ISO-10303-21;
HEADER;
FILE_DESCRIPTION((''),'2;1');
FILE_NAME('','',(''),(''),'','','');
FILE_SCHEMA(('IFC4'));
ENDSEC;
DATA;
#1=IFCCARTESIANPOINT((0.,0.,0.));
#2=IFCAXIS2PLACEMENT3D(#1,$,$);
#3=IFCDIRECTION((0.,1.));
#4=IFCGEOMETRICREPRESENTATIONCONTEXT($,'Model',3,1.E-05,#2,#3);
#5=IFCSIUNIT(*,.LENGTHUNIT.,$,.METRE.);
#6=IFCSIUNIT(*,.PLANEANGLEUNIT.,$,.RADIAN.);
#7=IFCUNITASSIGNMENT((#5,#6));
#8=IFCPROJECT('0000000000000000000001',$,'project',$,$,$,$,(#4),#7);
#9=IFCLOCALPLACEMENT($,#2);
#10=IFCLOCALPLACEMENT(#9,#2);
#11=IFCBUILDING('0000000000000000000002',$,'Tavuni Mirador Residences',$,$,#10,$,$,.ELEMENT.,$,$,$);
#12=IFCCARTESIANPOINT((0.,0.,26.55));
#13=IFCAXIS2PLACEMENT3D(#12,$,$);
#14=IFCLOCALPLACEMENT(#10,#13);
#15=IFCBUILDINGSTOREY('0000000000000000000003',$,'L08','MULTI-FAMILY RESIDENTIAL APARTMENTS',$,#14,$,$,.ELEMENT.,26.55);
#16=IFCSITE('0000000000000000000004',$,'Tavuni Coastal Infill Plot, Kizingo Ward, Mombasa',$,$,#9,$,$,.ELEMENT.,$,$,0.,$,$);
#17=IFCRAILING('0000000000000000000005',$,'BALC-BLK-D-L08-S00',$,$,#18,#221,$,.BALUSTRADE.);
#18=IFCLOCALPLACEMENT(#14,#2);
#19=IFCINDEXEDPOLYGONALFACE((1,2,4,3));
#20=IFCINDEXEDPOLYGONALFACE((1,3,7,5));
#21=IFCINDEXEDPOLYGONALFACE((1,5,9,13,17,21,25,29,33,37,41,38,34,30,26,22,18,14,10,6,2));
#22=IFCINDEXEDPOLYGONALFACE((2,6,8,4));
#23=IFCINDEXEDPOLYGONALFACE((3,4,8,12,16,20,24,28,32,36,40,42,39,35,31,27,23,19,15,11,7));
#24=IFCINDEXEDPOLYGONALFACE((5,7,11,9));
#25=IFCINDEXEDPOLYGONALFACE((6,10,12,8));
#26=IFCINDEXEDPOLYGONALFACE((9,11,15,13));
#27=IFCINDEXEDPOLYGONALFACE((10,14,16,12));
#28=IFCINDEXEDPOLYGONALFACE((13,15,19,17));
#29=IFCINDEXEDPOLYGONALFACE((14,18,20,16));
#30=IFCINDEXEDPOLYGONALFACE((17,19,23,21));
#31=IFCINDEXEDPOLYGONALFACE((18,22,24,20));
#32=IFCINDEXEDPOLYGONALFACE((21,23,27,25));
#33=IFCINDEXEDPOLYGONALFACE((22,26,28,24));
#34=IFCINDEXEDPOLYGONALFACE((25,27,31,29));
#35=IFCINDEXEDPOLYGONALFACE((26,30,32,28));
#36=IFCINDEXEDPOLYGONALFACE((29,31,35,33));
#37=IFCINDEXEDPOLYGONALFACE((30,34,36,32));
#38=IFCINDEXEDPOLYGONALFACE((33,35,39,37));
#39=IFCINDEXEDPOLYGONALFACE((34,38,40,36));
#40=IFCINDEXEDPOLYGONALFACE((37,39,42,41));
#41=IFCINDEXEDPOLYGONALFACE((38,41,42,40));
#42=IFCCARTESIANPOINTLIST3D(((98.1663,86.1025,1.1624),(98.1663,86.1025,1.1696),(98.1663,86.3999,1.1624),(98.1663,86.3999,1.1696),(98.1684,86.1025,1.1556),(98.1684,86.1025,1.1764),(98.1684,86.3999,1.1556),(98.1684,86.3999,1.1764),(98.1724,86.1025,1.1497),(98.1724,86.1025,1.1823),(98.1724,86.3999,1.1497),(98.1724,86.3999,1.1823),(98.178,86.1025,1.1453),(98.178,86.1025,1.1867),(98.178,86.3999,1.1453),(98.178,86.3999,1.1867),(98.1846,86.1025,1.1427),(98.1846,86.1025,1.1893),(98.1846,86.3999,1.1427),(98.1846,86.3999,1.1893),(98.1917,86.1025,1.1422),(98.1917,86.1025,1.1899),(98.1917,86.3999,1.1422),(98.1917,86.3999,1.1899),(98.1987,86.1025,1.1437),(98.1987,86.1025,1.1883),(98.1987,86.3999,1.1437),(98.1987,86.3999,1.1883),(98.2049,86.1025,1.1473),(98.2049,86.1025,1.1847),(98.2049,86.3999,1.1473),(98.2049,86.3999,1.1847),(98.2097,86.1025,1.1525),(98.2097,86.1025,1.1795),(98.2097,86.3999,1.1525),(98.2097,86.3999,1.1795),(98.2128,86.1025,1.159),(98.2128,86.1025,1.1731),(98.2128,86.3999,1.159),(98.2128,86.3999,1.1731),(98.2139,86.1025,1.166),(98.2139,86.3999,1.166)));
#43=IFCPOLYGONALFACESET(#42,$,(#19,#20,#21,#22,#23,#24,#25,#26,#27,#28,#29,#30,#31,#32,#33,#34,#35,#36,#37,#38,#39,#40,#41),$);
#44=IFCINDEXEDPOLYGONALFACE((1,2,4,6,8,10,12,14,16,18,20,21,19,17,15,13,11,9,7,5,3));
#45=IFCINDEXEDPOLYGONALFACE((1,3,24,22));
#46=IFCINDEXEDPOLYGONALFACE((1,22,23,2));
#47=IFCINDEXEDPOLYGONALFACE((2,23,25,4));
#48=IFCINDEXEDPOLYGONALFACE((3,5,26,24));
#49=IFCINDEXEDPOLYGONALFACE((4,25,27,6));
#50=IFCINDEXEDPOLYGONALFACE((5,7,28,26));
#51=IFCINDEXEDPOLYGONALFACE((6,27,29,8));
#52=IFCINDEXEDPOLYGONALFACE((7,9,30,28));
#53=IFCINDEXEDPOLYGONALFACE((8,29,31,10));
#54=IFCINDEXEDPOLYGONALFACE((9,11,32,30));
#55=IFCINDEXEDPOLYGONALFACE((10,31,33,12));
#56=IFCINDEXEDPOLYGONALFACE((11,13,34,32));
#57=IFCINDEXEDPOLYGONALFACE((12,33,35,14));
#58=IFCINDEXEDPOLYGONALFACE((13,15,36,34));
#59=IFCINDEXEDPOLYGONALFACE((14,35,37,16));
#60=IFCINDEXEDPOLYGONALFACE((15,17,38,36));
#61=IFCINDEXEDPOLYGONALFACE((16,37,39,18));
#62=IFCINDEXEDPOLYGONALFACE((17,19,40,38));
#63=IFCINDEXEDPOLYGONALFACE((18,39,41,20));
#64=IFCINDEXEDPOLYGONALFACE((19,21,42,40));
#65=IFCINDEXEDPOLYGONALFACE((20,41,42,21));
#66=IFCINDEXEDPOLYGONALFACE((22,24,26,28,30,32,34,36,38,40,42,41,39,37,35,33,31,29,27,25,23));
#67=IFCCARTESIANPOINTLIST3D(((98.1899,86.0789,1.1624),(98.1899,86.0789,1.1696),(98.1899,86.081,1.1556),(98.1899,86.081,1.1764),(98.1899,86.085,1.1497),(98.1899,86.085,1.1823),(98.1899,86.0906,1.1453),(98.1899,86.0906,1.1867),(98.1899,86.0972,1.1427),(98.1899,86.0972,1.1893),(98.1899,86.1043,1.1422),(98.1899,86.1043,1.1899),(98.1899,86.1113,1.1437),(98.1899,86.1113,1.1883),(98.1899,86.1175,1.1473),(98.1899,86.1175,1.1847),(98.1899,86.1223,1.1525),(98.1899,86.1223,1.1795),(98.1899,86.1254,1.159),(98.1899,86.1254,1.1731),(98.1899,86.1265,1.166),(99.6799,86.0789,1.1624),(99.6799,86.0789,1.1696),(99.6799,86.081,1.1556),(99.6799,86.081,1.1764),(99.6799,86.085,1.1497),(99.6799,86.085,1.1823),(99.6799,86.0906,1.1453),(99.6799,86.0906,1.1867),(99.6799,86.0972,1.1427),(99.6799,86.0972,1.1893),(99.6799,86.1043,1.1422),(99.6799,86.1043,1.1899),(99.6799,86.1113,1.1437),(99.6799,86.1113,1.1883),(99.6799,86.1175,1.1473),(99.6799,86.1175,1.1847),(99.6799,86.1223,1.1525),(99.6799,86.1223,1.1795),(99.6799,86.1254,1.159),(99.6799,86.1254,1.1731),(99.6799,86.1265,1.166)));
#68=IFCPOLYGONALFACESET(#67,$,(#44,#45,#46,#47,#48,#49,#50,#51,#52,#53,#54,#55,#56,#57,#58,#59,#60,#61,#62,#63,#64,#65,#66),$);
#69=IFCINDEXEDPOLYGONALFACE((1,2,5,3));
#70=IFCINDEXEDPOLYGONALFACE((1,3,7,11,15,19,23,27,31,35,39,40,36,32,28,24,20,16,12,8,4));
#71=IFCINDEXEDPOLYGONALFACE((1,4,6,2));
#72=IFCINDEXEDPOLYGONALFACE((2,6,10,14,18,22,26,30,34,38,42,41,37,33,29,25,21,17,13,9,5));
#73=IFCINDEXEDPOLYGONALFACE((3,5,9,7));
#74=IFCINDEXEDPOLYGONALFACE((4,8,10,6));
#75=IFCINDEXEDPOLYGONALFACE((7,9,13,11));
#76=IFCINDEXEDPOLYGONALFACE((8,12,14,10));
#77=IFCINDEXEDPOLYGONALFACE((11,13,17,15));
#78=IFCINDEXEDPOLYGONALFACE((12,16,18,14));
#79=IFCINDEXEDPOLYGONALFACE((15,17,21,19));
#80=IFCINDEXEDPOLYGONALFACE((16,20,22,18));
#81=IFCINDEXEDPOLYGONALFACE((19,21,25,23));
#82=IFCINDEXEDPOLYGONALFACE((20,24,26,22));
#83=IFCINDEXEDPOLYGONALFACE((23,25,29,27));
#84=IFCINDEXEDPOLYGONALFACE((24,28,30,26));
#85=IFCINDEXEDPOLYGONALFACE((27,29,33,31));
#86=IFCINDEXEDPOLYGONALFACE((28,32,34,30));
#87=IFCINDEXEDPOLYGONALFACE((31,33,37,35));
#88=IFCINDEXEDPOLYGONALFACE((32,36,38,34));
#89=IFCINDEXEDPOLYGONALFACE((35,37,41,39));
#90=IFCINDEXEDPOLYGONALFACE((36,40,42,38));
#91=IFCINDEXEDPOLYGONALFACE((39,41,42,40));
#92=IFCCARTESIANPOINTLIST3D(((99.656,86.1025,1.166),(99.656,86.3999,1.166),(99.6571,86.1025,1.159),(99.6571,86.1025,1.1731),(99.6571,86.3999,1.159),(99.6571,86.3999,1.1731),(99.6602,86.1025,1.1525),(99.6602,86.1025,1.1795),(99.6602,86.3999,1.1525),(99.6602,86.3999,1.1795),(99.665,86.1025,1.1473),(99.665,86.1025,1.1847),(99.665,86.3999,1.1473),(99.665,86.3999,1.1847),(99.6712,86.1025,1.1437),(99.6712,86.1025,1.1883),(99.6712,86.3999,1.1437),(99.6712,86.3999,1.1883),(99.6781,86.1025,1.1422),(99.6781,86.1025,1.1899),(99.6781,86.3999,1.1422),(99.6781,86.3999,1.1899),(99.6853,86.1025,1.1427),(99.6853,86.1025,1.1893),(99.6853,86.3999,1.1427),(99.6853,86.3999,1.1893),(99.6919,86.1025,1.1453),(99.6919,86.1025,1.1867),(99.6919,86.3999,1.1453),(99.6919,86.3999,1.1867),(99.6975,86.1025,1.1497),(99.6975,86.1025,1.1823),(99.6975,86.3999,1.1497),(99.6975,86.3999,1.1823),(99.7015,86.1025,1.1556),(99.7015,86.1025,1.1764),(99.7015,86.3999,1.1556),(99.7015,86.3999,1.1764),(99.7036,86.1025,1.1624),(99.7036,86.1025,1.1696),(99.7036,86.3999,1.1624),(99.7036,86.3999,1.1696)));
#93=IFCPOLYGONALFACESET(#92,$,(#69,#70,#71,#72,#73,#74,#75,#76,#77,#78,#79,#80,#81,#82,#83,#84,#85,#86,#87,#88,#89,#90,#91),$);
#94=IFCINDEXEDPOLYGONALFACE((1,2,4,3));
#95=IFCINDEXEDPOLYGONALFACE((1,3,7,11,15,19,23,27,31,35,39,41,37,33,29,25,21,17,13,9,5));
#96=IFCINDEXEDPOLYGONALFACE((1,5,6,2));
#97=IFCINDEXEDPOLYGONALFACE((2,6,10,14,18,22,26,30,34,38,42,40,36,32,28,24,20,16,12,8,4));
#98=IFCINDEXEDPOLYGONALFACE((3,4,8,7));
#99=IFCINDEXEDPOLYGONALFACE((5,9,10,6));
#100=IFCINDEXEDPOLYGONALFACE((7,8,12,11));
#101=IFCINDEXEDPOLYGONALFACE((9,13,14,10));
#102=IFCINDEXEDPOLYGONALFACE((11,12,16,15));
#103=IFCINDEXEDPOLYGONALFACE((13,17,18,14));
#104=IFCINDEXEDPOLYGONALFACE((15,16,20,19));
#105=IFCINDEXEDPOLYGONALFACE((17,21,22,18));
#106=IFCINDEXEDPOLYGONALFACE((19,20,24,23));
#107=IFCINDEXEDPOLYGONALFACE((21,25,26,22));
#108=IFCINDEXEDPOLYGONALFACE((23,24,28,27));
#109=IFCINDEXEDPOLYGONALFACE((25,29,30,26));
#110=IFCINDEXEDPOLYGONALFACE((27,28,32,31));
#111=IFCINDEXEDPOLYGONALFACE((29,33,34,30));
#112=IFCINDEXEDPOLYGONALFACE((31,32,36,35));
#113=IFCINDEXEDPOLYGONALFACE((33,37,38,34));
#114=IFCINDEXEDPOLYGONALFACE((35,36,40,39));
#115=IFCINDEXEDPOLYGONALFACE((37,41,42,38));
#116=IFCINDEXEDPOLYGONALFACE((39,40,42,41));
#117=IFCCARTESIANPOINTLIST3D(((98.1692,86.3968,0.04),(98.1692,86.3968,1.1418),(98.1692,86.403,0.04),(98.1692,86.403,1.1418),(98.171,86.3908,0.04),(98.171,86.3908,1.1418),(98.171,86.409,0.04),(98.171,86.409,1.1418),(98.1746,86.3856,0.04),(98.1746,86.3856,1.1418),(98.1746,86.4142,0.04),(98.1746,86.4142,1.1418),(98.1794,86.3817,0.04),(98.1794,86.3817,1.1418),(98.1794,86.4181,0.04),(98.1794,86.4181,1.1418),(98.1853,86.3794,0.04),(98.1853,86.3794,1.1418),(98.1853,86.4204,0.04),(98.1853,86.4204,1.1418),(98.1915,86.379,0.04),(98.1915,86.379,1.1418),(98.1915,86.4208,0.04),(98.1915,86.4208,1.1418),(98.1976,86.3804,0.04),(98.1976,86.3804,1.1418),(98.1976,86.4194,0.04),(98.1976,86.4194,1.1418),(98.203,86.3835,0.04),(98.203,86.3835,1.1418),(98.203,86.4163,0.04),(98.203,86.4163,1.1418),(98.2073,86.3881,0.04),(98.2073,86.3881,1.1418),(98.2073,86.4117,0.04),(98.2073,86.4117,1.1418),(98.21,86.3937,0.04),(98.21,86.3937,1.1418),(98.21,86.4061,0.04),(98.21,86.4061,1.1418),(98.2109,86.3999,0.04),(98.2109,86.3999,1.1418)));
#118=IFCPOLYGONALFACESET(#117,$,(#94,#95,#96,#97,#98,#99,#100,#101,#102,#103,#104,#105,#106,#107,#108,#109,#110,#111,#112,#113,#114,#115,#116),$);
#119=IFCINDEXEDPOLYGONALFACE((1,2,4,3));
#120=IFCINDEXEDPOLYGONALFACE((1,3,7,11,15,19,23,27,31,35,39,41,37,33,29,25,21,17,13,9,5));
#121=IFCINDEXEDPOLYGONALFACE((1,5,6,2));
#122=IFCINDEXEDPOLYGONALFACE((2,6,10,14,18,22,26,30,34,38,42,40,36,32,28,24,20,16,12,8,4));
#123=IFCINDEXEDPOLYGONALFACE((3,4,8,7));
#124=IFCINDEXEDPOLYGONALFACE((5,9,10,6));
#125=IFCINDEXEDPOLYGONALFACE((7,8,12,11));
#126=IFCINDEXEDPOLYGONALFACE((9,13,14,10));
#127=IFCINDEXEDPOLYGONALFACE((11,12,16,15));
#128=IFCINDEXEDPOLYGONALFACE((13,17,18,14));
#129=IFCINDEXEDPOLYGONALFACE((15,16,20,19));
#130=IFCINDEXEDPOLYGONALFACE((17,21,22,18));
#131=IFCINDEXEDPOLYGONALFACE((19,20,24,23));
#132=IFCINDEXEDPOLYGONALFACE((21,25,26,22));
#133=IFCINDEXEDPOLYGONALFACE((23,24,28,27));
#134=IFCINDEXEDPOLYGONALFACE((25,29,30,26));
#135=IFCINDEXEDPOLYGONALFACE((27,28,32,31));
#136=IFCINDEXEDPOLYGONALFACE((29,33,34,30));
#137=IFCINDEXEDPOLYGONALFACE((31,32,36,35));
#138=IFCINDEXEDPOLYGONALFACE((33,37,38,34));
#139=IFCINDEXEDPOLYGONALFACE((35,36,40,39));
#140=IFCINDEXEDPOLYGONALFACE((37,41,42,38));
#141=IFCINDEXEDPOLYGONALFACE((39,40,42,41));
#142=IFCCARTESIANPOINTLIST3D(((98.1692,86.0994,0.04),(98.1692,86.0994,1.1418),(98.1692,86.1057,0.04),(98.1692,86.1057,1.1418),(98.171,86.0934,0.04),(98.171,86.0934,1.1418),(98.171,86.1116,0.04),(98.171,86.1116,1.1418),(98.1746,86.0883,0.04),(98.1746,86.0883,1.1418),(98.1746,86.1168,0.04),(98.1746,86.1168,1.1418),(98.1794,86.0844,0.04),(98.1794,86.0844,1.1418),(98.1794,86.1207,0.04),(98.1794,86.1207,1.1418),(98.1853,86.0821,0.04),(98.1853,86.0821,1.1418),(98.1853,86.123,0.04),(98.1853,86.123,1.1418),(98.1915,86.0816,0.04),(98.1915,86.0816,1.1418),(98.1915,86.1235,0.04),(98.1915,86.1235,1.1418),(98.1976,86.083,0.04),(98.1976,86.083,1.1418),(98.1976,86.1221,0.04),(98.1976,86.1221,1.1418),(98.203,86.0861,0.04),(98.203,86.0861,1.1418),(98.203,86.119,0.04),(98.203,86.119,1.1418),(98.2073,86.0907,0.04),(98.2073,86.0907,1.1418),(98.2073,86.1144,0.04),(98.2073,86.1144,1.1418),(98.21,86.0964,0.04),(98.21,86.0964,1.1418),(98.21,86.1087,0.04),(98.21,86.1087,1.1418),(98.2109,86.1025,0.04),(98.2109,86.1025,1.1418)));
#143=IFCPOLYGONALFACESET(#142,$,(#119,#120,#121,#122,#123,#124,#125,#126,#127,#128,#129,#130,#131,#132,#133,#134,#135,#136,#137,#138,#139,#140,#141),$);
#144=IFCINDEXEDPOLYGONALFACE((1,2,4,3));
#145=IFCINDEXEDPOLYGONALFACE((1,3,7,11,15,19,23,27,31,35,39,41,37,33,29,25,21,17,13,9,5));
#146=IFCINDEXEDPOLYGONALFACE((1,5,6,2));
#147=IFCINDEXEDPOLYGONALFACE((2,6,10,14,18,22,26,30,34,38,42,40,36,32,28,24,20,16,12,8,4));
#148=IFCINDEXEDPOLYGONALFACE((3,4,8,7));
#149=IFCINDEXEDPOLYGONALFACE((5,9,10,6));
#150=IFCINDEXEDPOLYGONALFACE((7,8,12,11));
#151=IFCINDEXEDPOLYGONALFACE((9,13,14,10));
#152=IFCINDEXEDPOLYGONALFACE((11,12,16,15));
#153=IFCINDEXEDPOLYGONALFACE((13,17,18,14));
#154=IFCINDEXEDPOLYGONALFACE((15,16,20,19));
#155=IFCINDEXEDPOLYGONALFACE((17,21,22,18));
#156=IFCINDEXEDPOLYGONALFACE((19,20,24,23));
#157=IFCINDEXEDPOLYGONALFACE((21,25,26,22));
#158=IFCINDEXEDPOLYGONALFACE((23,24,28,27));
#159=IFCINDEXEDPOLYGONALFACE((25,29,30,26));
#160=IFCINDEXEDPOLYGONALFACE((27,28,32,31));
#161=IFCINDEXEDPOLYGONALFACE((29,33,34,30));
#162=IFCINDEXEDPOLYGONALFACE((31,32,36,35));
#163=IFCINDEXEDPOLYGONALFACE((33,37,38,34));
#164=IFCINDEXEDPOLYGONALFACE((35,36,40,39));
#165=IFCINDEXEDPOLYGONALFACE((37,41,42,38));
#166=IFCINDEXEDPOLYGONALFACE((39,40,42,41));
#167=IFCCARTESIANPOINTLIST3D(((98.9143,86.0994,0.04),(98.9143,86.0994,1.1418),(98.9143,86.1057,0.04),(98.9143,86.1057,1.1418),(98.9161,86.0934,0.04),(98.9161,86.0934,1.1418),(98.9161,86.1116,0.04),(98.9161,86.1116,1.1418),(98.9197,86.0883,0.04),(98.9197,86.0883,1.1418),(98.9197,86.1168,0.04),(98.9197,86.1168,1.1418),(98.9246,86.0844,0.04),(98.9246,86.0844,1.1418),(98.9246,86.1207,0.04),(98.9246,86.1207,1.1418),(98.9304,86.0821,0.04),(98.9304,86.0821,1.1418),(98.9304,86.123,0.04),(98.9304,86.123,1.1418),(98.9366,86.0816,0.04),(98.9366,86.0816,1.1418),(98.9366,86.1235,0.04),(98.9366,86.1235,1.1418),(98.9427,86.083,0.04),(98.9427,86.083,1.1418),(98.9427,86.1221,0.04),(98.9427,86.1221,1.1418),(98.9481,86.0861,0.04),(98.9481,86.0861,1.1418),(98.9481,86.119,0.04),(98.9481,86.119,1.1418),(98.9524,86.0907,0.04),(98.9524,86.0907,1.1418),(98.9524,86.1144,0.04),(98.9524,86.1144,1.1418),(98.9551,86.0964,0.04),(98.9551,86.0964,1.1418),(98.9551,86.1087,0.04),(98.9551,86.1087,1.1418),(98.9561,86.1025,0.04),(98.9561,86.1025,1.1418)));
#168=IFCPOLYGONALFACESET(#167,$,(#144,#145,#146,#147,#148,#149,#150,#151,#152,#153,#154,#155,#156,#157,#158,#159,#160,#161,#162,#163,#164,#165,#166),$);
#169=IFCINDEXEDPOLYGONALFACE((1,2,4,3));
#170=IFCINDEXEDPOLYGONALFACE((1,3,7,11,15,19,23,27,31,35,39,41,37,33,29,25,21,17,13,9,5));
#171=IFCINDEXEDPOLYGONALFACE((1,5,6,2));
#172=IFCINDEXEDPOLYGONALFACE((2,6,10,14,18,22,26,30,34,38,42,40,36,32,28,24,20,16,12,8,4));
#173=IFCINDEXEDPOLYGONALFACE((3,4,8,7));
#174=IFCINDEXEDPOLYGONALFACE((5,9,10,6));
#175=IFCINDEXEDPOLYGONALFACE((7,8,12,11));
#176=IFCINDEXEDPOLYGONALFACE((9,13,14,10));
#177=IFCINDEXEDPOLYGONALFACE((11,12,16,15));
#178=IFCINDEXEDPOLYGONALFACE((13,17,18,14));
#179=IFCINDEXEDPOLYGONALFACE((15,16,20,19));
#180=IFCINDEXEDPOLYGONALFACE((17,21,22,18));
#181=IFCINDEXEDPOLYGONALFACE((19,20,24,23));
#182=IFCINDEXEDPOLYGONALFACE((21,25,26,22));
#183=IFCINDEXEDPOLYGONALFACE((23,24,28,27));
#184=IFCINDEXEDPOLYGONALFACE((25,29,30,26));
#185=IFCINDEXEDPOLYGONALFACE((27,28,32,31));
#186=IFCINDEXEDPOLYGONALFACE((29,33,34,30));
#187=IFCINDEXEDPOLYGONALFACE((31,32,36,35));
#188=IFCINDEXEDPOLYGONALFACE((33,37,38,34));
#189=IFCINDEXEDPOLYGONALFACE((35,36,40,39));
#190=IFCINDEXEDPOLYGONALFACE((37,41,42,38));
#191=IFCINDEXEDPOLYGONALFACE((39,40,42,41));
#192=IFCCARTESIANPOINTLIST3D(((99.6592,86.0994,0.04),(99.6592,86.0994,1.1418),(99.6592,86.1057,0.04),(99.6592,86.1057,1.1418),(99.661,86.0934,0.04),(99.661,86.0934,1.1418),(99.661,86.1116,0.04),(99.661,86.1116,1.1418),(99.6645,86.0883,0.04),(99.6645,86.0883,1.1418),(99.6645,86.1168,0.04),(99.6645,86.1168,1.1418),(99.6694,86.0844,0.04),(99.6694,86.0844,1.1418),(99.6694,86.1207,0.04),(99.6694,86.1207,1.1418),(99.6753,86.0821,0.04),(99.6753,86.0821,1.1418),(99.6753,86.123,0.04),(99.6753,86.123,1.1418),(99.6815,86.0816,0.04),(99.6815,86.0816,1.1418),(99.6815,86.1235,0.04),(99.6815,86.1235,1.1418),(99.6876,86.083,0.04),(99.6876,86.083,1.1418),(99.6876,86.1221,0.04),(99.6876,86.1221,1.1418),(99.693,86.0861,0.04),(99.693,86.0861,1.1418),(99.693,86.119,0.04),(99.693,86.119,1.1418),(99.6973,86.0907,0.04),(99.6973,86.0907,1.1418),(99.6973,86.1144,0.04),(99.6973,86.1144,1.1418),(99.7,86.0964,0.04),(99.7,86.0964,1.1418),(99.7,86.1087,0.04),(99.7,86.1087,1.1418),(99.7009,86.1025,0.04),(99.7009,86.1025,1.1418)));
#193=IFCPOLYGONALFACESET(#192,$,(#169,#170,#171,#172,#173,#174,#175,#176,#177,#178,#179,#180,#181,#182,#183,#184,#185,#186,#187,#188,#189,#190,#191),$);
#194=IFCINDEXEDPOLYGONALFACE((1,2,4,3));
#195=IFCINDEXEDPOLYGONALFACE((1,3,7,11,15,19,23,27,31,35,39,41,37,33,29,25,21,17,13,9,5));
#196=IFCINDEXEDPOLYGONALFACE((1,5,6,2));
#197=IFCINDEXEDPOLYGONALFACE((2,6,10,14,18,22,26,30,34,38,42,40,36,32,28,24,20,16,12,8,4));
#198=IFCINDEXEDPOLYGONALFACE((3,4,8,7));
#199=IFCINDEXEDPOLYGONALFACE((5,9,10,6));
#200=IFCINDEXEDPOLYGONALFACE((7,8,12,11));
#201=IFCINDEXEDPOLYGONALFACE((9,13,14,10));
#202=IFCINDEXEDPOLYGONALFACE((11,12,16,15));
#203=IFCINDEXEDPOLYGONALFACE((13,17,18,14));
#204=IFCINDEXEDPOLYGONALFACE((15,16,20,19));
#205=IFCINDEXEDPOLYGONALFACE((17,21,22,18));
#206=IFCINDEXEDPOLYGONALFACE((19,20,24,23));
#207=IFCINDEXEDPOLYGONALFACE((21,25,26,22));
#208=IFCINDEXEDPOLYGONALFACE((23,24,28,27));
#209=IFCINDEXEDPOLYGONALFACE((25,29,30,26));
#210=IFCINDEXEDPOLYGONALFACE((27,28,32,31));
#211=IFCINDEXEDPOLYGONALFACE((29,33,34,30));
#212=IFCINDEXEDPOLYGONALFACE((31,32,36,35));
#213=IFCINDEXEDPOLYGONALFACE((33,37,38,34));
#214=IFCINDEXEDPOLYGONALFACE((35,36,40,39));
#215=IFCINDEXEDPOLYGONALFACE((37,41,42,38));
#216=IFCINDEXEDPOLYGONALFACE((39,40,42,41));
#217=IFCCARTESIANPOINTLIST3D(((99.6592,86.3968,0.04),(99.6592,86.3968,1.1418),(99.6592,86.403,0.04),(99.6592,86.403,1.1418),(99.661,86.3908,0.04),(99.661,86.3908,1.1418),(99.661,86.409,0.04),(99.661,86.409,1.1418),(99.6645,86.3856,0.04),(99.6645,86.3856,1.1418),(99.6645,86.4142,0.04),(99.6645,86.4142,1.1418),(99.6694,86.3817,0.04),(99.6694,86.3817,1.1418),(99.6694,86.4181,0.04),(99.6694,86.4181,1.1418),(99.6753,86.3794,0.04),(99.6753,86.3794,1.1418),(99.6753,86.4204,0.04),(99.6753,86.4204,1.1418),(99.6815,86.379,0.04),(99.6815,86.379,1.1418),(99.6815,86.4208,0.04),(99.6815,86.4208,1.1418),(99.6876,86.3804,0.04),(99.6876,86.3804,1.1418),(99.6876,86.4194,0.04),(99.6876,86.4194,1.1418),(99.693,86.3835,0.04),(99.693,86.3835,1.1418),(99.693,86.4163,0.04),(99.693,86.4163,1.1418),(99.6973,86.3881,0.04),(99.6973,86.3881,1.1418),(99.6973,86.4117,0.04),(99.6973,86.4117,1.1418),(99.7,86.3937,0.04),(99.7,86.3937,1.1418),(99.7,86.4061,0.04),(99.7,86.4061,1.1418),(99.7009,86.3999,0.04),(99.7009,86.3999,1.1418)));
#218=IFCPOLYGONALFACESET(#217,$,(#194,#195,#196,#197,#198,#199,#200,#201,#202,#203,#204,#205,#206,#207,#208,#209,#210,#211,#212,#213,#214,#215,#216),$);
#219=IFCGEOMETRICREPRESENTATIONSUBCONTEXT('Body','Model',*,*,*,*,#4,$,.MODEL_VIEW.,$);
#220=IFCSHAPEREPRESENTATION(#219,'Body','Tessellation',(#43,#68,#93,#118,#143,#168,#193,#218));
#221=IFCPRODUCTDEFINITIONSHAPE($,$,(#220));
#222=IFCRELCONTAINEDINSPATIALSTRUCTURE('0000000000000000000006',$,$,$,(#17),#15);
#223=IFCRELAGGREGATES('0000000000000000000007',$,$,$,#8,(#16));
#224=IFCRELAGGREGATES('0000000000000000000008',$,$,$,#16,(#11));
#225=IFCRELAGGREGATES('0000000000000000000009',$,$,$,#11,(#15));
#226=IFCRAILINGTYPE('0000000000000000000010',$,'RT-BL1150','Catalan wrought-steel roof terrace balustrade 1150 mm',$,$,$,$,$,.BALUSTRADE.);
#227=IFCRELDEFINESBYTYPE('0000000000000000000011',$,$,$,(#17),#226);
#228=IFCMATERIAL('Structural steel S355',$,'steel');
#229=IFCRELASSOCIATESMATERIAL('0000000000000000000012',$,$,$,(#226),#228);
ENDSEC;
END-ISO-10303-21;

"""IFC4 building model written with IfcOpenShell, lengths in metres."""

from ifc_helpers import new_model, si_unit, direction, frame, origin, origin_2d, place, context, subcontext, project, spatial, circle, extrude, material, type_object, element, save


model = new_model("IFC4")

# Units and contexts
model_context = context("Model", 3, precision=1e-05, world=origin(), true_north=direction((0.0, 1.0)))
body_context = subcontext(model_context, "Body", "Model", "MODEL_VIEW")
ifc_project = project(units=[si_unit("LENGTHUNIT", "METRE"), si_unit("PLANEANGLEUNIT", "RADIAN")], contexts=[model_context])

# Site, building, storey
site_placement = place(None, origin())
site = spatial("IfcSite", under=ifc_project, at=site_placement, Name="Tavuni Coastal Infill Plot, Kizingo Ward, Mombasa", CompositionType="ELEMENT", RefElevation=0.0)
building_placement = place(site_placement, origin())
building = spatial("IfcBuilding", under=site, at=building_placement, Name="Tavuni Mirador Residences", CompositionType="ELEMENT")
storey_placement = place(building_placement, frame((0.0, 0.0, 26.55)))
storey = spatial("IfcBuildingStorey", under=building, at=storey_placement, Name="L08", Description="MULTI-FAMILY RESIDENTIAL APARTMENTS", CompositionType="ELEMENT", Elevation=26.55)

# Railing
ifc_material_1 = material(Name="Structural steel S355", Category="steel")
railing_type = type_object("IfcRailingType", Name="RT-BL1150", Description="Catalan wrought-steel roof terrace balustrade 1150 mm", PredefinedType="BALUSTRADE", material=ifc_material_1)
railing_placement = place(storey_placement, frame((98.1899, 86.3999, 0.04)))
element("IfcRailing", 1, at=railing_placement, inside=storey, type_object=railing_type, Name="BALC-BLK-D-L08-S00", PredefinedType="BALUSTRADE", context=body_context, shape_type="SweptSolid", body=[
    extrude(circle(Radius=0.0239, at=origin_2d()), frame((0.0, 0.0, 1.126), z_axis=(0.0, -1.0, 0.0), x_axis=(1.0, 0.0, 0.0)), (0.0, 0.0, 1.0), 0.2974),
    extrude(circle(Radius=0.0239, at=origin_2d()), frame((0.0, -0.2974, 1.126), z_axis=(1.0, 0.0, 0.0), x_axis=(0.0, 1.0, 0.0)), (0.0, 0.0, 1.0), 1.49),
    extrude(circle(Radius=0.0239, at=origin_2d()), frame((1.49, -0.2974, 1.126), z_axis=(0.0, 1.0, 0.0), x_axis=(-1.0, 0.0, 0.0)), (0.0, 0.0, 1.0), 0.2974),
    extrude(circle(Radius=0.021, at=origin_2d()), origin(), (0.0, 0.0, 1.0), 1.1018),
    extrude(circle(Radius=0.021, at=origin_2d()), frame((0.0, -0.2974, 0.0)), (0.0, 0.0, 1.0), 1.1018),
    extrude(circle(Radius=0.021, at=origin_2d()), frame((0.7451, -0.2974, 0.0)), (0.0, 0.0, 1.0), 1.1018),
    extrude(circle(Radius=0.021, at=origin_2d()), frame((1.49, -0.2974, 0.0)), (0.0, 0.0, 1.0), 1.1018),
    extrude(circle(Radius=0.021, at=origin_2d()), frame((1.49, 0.0, 0.0)), (0.0, 0.0, 1.0), 1.1018),
])

save(model, "model.ifc")
